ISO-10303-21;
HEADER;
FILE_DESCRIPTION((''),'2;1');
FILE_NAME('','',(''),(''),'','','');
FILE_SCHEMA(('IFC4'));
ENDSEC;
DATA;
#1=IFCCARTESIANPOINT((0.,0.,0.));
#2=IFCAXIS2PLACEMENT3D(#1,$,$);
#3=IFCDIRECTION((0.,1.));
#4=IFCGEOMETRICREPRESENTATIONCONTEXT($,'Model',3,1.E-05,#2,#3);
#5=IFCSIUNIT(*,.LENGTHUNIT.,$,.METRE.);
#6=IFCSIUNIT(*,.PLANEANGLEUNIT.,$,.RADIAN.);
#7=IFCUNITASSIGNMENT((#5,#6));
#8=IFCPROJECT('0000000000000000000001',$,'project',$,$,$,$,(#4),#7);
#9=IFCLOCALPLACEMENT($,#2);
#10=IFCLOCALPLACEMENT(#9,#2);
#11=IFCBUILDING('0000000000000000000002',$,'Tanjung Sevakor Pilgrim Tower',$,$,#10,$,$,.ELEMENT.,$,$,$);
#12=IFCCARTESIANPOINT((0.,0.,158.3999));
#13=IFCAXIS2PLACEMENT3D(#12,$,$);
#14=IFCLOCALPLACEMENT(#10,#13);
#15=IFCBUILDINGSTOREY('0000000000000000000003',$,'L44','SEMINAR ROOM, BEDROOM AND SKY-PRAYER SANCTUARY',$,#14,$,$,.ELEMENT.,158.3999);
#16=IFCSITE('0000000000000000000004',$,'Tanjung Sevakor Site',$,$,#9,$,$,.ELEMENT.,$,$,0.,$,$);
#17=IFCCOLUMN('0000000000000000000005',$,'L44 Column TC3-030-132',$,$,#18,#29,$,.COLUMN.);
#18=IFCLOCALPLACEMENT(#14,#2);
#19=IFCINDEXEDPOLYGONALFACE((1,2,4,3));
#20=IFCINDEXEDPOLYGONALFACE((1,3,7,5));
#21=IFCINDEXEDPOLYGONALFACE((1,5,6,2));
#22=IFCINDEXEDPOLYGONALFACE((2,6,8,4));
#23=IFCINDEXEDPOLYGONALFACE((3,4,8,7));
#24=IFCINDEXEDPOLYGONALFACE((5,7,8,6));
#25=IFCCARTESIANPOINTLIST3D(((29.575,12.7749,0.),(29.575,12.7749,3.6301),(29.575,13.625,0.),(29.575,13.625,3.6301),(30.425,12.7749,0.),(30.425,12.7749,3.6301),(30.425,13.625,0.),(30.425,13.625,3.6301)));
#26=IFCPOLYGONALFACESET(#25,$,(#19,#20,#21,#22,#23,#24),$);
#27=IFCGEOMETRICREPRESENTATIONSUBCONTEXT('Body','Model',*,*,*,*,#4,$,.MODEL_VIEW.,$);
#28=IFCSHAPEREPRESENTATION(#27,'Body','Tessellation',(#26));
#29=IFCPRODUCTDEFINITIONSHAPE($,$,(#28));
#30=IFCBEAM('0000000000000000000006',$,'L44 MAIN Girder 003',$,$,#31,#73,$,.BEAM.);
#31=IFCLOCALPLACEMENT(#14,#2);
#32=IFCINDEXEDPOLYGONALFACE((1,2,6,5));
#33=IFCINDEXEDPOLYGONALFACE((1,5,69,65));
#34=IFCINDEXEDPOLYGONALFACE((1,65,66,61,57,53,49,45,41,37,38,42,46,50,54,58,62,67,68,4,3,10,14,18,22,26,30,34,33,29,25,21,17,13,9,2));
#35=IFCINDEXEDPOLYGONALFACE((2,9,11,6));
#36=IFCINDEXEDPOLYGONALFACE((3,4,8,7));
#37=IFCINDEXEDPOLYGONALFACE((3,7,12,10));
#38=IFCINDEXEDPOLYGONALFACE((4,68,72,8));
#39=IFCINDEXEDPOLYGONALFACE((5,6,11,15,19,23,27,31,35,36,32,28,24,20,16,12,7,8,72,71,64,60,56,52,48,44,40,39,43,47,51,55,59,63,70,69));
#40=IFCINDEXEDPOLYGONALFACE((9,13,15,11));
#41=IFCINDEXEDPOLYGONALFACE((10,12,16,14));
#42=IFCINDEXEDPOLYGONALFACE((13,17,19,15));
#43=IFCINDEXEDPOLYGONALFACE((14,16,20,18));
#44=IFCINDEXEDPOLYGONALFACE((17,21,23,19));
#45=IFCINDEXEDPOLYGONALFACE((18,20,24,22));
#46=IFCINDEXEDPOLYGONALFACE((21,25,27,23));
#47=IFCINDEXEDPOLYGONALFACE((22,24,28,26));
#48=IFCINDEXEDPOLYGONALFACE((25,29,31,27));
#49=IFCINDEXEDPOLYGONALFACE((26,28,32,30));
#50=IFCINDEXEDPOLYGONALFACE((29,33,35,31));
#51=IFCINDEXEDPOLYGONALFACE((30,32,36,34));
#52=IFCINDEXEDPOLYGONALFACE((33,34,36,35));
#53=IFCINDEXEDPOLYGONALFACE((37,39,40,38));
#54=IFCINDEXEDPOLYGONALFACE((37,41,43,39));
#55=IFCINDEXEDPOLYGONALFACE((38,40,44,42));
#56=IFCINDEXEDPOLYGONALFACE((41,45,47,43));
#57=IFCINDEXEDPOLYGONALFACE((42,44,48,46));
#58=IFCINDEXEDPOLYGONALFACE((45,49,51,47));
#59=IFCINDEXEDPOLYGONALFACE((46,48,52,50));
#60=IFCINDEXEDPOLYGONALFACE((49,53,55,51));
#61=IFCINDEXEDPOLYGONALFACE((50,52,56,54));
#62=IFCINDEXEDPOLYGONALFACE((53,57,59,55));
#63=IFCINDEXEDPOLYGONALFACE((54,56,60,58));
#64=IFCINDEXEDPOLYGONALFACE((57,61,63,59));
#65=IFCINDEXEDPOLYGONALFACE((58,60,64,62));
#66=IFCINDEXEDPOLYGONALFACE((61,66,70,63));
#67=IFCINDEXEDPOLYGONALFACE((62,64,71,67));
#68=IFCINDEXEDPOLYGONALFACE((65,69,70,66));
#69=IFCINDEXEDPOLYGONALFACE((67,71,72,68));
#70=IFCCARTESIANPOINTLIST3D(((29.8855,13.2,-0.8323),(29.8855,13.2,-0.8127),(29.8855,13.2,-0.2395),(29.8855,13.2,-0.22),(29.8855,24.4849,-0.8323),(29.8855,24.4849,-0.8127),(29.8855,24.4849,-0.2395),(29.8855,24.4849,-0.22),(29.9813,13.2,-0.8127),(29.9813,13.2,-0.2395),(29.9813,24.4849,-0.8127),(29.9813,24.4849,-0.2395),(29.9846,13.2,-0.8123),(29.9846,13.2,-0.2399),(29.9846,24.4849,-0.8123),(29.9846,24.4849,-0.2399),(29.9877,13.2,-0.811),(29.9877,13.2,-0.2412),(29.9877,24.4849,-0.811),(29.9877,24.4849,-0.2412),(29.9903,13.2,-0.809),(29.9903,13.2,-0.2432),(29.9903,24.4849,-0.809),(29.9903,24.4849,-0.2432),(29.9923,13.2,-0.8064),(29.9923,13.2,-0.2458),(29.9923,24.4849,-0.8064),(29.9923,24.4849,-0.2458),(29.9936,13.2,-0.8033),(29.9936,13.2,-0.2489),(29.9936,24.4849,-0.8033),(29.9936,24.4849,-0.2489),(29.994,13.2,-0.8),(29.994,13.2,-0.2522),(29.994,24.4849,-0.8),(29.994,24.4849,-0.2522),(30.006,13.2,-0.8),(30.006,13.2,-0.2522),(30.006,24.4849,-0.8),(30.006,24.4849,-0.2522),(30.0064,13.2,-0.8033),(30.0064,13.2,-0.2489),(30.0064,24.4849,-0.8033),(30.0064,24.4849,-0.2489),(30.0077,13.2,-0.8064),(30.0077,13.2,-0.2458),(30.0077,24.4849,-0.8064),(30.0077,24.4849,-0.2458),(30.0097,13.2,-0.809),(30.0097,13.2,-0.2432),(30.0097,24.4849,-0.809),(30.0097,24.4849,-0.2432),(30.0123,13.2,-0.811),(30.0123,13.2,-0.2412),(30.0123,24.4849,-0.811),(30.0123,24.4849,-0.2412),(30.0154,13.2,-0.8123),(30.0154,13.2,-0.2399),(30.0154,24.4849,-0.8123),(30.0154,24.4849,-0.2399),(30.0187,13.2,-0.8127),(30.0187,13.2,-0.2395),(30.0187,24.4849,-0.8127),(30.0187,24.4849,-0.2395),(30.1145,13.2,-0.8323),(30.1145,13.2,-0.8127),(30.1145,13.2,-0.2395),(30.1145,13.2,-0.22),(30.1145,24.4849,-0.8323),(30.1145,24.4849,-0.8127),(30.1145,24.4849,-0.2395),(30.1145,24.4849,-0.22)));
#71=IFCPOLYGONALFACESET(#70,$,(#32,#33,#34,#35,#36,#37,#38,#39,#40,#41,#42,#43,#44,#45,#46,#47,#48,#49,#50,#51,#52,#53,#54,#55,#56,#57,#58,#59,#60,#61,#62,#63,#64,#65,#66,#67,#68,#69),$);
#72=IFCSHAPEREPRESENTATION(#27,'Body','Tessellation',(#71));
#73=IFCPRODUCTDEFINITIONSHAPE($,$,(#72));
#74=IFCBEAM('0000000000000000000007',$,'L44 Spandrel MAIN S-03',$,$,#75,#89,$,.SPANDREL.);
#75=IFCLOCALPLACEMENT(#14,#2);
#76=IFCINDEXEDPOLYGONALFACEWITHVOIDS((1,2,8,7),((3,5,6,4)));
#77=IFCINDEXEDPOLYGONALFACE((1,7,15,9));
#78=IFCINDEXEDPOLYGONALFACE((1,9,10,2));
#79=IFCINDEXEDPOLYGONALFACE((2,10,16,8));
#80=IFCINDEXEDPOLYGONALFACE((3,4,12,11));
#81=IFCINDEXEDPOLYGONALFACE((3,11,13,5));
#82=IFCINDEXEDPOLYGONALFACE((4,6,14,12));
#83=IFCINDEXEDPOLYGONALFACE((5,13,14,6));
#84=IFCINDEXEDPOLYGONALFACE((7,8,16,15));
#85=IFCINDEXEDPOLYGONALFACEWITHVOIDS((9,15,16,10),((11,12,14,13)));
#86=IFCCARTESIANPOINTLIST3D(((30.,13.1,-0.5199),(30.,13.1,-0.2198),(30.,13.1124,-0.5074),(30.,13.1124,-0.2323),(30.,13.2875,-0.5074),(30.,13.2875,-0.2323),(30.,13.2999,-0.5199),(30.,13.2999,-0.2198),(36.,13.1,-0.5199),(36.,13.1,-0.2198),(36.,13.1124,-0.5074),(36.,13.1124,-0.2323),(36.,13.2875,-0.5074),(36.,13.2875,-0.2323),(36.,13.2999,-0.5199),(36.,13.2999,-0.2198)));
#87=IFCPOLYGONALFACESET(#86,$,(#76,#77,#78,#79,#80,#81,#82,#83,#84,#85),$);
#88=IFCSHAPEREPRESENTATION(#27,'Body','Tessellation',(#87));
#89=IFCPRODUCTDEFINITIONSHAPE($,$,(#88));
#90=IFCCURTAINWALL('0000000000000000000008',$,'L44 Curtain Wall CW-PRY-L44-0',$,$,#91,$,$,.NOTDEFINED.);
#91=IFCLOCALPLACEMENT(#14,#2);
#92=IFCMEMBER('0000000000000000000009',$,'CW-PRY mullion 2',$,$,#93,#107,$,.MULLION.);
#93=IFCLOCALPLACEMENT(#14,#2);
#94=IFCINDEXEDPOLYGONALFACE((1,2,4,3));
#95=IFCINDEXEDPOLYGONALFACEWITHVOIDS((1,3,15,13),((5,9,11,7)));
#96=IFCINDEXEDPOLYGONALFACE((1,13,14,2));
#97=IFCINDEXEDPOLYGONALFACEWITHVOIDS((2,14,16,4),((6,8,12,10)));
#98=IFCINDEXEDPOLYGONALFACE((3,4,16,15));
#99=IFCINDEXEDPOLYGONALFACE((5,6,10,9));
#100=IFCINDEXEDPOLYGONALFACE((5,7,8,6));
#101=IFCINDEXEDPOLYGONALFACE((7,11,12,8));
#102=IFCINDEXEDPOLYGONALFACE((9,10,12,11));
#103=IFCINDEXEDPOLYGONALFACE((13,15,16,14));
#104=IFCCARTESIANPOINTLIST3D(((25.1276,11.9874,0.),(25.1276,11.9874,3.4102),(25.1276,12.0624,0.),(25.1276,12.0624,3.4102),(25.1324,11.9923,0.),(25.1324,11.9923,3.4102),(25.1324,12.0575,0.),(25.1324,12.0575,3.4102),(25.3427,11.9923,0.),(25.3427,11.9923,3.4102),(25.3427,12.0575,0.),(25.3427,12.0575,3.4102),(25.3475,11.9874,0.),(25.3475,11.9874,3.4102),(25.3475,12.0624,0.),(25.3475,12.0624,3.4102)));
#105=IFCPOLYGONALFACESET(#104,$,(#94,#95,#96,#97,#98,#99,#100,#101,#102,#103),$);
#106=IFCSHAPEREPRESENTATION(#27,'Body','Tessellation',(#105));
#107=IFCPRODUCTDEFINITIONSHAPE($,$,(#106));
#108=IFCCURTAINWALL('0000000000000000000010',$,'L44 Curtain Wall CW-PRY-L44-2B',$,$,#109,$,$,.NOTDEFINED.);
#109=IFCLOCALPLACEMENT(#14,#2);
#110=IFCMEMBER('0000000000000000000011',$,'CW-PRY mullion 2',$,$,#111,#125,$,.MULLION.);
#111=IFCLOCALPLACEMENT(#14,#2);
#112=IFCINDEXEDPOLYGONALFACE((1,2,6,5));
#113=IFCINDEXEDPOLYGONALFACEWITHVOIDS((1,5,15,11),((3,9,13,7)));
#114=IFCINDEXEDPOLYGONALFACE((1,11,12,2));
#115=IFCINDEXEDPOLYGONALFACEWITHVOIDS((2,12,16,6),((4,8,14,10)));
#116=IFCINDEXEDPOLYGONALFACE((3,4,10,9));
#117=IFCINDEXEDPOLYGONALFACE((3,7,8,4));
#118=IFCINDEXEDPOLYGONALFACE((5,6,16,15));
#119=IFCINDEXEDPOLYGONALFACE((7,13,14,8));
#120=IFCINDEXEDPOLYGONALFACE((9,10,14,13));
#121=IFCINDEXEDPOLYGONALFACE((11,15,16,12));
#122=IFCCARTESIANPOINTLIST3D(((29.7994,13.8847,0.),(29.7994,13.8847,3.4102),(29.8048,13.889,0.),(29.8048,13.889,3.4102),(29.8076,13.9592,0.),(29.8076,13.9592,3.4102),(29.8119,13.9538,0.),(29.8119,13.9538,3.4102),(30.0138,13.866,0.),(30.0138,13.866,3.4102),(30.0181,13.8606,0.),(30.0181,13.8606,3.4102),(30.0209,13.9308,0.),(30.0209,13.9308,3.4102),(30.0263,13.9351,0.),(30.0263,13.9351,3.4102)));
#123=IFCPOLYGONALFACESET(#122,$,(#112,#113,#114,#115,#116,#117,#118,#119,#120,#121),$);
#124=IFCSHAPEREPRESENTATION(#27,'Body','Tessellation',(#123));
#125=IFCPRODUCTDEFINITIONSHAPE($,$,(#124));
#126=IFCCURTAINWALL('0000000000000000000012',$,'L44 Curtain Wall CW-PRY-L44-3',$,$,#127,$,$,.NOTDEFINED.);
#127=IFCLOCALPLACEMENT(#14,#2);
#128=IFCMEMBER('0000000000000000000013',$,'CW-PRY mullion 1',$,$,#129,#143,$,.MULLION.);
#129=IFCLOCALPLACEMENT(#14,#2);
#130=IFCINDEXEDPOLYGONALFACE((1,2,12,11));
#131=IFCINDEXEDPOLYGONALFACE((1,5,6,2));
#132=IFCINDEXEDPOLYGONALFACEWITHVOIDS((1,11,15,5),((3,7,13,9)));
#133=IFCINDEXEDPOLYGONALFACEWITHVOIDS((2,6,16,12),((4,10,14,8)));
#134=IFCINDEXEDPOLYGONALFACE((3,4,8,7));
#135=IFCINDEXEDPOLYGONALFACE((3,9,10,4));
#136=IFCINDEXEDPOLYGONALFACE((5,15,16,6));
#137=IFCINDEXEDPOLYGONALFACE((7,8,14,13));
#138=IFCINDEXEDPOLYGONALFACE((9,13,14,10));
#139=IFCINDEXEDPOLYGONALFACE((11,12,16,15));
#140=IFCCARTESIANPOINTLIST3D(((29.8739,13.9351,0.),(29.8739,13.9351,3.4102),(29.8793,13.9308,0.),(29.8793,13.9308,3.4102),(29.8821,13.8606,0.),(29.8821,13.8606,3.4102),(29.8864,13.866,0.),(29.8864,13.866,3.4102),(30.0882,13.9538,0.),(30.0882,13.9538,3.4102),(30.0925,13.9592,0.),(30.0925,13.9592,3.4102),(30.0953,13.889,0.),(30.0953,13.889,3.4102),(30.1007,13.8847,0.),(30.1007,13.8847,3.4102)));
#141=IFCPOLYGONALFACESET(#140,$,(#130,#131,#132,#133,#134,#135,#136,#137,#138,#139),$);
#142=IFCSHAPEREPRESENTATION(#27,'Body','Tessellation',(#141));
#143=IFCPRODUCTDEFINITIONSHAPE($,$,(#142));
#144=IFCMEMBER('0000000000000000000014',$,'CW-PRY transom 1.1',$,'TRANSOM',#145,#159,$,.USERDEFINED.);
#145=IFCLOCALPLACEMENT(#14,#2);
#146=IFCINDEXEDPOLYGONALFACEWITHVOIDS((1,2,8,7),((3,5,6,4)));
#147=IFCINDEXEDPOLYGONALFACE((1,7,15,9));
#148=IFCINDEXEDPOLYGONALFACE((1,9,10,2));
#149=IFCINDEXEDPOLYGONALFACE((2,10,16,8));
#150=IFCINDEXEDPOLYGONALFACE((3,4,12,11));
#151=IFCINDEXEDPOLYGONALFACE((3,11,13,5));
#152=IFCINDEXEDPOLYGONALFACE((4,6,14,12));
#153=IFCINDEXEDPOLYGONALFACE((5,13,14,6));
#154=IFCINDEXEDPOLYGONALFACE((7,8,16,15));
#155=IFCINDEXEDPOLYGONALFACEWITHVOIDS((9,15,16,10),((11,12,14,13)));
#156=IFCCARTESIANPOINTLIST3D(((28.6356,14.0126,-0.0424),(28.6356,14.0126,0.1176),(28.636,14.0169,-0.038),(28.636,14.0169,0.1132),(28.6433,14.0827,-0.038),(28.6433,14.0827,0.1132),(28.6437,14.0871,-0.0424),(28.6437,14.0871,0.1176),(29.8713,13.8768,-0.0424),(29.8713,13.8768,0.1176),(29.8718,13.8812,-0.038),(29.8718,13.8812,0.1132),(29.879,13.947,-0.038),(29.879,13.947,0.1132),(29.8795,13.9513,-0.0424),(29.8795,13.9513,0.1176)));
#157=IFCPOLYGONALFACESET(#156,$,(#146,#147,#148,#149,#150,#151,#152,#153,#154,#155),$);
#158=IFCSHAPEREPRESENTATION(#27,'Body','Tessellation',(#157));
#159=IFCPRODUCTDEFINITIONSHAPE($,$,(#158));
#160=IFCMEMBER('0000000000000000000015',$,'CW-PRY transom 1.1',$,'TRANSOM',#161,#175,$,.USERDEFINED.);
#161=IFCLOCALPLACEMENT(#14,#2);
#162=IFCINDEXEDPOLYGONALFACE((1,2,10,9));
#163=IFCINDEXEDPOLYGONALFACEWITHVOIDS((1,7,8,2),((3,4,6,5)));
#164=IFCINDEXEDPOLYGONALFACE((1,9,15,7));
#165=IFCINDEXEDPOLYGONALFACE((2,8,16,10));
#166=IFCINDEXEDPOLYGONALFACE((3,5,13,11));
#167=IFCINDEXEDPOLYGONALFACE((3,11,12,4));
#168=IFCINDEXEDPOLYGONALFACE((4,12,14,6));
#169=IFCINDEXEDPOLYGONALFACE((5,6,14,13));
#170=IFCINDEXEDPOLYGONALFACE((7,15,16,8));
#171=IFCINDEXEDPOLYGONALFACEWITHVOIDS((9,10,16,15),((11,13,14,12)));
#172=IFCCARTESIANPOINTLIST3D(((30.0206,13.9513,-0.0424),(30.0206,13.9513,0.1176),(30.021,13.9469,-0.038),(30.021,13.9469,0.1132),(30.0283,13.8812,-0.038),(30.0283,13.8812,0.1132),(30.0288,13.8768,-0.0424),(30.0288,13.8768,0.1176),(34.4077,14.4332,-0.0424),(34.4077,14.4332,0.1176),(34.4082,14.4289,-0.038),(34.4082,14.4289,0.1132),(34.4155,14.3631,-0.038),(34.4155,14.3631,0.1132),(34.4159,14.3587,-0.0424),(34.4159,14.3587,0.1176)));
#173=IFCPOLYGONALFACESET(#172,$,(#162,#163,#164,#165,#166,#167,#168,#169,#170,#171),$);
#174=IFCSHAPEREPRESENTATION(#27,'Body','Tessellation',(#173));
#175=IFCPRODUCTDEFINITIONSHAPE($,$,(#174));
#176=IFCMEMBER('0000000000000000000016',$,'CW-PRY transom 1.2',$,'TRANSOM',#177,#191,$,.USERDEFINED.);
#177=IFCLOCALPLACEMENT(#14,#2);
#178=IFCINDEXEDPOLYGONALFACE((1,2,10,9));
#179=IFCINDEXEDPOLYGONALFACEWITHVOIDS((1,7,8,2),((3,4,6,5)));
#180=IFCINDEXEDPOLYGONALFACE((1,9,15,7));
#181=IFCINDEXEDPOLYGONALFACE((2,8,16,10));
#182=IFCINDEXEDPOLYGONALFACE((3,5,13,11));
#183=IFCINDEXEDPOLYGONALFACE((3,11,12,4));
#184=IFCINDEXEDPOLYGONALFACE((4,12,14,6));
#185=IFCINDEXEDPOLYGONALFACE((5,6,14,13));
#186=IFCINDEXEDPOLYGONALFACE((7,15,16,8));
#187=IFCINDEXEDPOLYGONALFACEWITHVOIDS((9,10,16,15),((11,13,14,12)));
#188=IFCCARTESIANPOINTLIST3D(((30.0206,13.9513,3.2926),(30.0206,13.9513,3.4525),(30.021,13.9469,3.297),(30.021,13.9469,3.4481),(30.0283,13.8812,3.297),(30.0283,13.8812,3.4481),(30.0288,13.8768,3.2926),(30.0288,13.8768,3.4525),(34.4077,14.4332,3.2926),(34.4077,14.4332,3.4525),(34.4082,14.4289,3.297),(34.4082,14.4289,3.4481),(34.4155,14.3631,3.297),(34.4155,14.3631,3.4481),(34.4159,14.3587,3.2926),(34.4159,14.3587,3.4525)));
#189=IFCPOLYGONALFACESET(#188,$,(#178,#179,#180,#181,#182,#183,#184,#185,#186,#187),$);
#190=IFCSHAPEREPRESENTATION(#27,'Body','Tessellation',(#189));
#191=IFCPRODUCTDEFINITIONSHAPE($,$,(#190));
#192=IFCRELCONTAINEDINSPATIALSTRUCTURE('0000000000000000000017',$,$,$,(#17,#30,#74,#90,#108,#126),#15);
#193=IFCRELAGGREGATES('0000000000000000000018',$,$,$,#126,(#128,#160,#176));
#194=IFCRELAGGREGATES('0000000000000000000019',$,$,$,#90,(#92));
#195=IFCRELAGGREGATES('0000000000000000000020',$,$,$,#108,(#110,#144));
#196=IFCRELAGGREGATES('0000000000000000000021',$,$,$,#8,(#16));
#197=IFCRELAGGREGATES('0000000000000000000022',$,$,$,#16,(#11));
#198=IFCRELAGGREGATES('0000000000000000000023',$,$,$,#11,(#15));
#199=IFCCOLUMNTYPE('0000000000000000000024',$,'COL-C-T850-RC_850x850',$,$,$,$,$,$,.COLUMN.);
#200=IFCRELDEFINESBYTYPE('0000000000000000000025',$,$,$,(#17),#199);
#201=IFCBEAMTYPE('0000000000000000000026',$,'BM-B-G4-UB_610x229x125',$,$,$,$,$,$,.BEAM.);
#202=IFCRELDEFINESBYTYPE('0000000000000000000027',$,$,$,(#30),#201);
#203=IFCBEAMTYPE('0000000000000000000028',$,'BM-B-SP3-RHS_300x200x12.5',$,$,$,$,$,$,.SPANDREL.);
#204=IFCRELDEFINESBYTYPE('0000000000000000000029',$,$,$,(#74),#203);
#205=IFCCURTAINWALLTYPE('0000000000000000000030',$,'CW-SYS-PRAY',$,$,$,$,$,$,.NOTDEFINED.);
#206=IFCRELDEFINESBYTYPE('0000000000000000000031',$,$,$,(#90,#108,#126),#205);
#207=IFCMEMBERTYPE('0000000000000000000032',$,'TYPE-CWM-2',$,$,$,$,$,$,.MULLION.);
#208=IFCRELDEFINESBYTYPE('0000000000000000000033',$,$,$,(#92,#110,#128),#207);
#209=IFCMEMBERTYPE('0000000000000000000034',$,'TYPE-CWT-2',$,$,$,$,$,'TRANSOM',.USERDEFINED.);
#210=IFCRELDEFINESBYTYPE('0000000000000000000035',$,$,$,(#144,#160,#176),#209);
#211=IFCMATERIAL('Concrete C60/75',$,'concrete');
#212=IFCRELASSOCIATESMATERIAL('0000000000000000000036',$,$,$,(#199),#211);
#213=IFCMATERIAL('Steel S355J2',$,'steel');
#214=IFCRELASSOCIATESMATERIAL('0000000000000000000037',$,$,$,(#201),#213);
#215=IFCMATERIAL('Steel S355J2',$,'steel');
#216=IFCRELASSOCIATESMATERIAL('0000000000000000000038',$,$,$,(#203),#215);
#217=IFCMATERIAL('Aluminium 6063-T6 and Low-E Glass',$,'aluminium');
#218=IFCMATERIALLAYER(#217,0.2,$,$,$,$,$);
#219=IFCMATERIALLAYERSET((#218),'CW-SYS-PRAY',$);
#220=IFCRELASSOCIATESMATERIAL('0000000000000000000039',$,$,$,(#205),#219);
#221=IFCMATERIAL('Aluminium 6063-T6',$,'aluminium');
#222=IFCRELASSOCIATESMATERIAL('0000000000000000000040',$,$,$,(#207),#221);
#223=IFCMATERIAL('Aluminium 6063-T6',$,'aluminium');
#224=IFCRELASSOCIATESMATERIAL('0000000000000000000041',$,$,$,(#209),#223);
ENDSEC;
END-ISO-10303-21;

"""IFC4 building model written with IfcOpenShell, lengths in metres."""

from ifc_helpers import new_model, si_unit, direction, frame, origin, origin_2d, place, context, subcontext, project, spatial, rectangle, hollow_rectangle, i_section, extrude, material, layer, layer_set, material_profile, profile_set, type_object, element, aggregate, save


model = new_model("IFC4")

# Units and contexts
model_context = context("Model", 3, precision=1e-05, world=origin(), true_north=direction((0.0, 1.0)))
body_context = subcontext(model_context, "Body", "Model", "MODEL_VIEW")
ifc_project = project(units=[si_unit("LENGTHUNIT", "METRE"), si_unit("PLANEANGLEUNIT", "RADIAN")], contexts=[model_context])

# Site, building, storey
site_placement = place(None, origin())
site = spatial("IfcSite", under=ifc_project, at=site_placement, Name="Tanjung Sevakor Site", CompositionType="ELEMENT", RefElevation=0.0)
building_placement = place(site_placement, origin())
building = spatial("IfcBuilding", under=site, at=building_placement, Name="Tanjung Sevakor Pilgrim Tower", CompositionType="ELEMENT")
storey_placement = place(building_placement, frame((0.0, 0.0, 158.3999)))
storey = spatial("IfcBuildingStorey", under=building, at=storey_placement, Name="L44", Description="SEMINAR ROOM, BEDROOM AND SKY-PRAYER SANCTUARY", CompositionType="ELEMENT", Elevation=158.3999)

# Column
ifc_material_1 = material(Name="Concrete C60/75", Category="concrete")
ifc_material_profile_1 = material_profile(ifc_material_1, rectangle(XDim=0.8501, YDim=0.8501, at=origin_2d()))
ifc_profile_set_1 = profile_set([ifc_material_profile_1], Name="Concrete C60/75")
column_type = type_object("IfcColumnType", Name="COL-C-T850-RC_850x850", PredefinedType="COLUMN", material=ifc_profile_set_1)
column_placement = place(storey_placement, frame((30.0, 13.2, 0.0), z_axis=(0.0, 0.0, 1.0), x_axis=(1.0, 0.0, 0.0)))
element("IfcColumn", 1, at=column_placement, inside=storey, type_object=column_type, Name="L44 Column TC3-030-132", PredefinedType="COLUMN", context=body_context, shape_type="SweptSolid", body=[
    extrude(rectangle(XDim=0.8501, YDim=0.8501, at=origin_2d()), origin(), (0.0, 0.0, 1.0), 3.6301),
])

# Beams
ifc_material_2 = material(Name="Steel S355J2", Category="steel")
ifc_material_profile_2 = material_profile(ifc_material_2, i_section(OverallWidth=0.229, OverallDepth=0.6123, WebThickness=0.012, FlangeThickness=0.0195, FilletRadius=0.0127, at=origin_2d()))
ifc_profile_set_2 = profile_set([ifc_material_profile_2], Name="Steel S355J2")
beam_type_1 = type_object("IfcBeamType", Name="BM-B-G4-UB_610x229x125", PredefinedType="BEAM", material=ifc_profile_set_2)
beam_1_placement = place(storey_placement, frame((30.0, 13.2, -0.5261), z_axis=(0.0, 1.0, 0.0), x_axis=(-1.0, 0.0, 0.0)))
element("IfcBeam", 2, at=beam_1_placement, inside=storey, type_object=beam_type_1, Name="L44 MAIN Girder 003", PredefinedType="BEAM", context=body_context, shape_type="SweptSolid", body=[
    extrude(i_section(OverallWidth=0.229, OverallDepth=0.6123, WebThickness=0.012, FlangeThickness=0.0195, FilletRadius=0.0127, at=origin_2d()), origin(), (0.0, 0.0, 1.0), 11.2849),
])
ifc_material_3 = material(Name="Steel S355J2", Category="steel")
ifc_material_profile_3 = material_profile(ifc_material_3, hollow_rectangle(XDim=0.2, YDim=0.3, WallThickness=0.0125, at=origin_2d()))
ifc_profile_set_3 = profile_set([ifc_material_profile_3], Name="Steel S355J2")
beam_type_2 = type_object("IfcBeamType", Name="BM-B-SP3-RHS_300x200x12.5", PredefinedType="SPANDREL", material=ifc_profile_set_3)
beam_2_placement = place(storey_placement, frame((30.0, 13.2, -0.3699), z_axis=(1.0, 0.0, 0.0), x_axis=(0.0, 1.0, 0.0)))
element("IfcBeam", 3, at=beam_2_placement, inside=storey, type_object=beam_type_2, Name="L44 Spandrel MAIN S-03", PredefinedType="SPANDREL", context=body_context, shape_type="SweptSolid", body=[
    extrude(hollow_rectangle(XDim=0.2, YDim=0.3, WallThickness=0.0125, at=origin_2d()), origin(), (0.0, 0.0, 1.0), 6.0),
])

# Curtain walls, members
ifc_material_4 = material(Name="Aluminium 6063-T6 and Low-E Glass", Category="aluminium")
ifc_layer_1 = layer(ifc_material_4, 0.2)
ifc_layer_set_1 = layer_set([ifc_layer_1], Name="CW-SYS-PRAY")
curtain_wall_type = type_object("IfcCurtainWallType", Name="CW-SYS-PRAY", PredefinedType="NOTDEFINED", material=ifc_layer_set_1)
curtain_wall_1_placement = place(storey_placement, origin())
curtain_wall_1 = element("IfcCurtainWall", 4, at=curtain_wall_1_placement, inside=storey, type_object=curtain_wall_type, Name="L44 Curtain Wall CW-PRY-L44-0", PredefinedType="NOTDEFINED")
ifc_material_5 = material(Name="Aluminium 6063-T6", Category="aluminium")
ifc_material_profile_4 = material_profile(ifc_material_5, hollow_rectangle(XDim=0.075, YDim=0.22, WallThickness=0.0049, at=origin_2d()))
ifc_profile_set_4 = profile_set([ifc_material_profile_4], Name="Aluminium 6063-T6")
member_type_1 = type_object("IfcMemberType", Name="TYPE-CWM-2", PredefinedType="MULLION", material=ifc_profile_set_4)
member_1_placement = place(storey_placement, frame((25.2375, 12.0249, 0.0), z_axis=(0.0, 0.0, 1.0), x_axis=(0.0, 1.0, 0.0)))
member_1 = element("IfcMember", 5, at=member_1_placement, type_object=member_type_1, Name="CW-PRY mullion 2", PredefinedType="MULLION", context=body_context, shape_type="SweptSolid", body=[
    extrude(hollow_rectangle(XDim=0.075, YDim=0.22, WallThickness=0.0049, at=origin_2d()), origin(), (0.0, 0.0, 1.0), 3.4102),
])
curtain_wall_2_placement = place(storey_placement, origin())
curtain_wall_2 = element("IfcCurtainWall", 6, at=curtain_wall_2_placement, inside=storey, type_object=curtain_wall_type, Name="L44 Curtain Wall CW-PRY-L44-2B", PredefinedType="NOTDEFINED")
member_2_placement = place(storey_placement, frame((29.9128, 13.9099, 0.0), z_axis=(0.0, 0.0, 1.0), x_axis=(0.10925, 0.994014, 0.0)))
member_2 = element("IfcMember", 7, at=member_2_placement, type_object=member_type_1, Name="CW-PRY mullion 2", PredefinedType="MULLION", context=body_context, shape_type="SweptSolid", body=[
    extrude(hollow_rectangle(XDim=0.075, YDim=0.22, WallThickness=0.0049, at=origin_2d()), origin(), (0.0, 0.0, 1.0), 3.4102),
])
curtain_wall_3_placement = place(storey_placement, origin())
curtain_wall_3 = element("IfcCurtainWall", 8, at=curtain_wall_3_placement, inside=storey, type_object=curtain_wall_type, Name="L44 Curtain Wall CW-PRY-L44-3", PredefinedType="NOTDEFINED")
member_3_placement = place(storey_placement, frame((29.9873, 13.9099, 0.0), z_axis=(0.0, 0.0, 1.0), x_axis=(-0.109234, 0.994016, 0.0)))
member_3 = element("IfcMember", 9, at=member_3_placement, type_object=member_type_1, Name="CW-PRY mullion 1", PredefinedType="MULLION", context=body_context, shape_type="SweptSolid", body=[
    extrude(hollow_rectangle(XDim=0.075, YDim=0.22, WallThickness=0.0049, at=origin_2d()), origin(), (0.0, 0.0, 1.0), 3.4102),
])

# Members
ifc_material_6 = material(Name="Aluminium 6063-T6", Category="aluminium")
ifc_material_profile_5 = material_profile(ifc_material_6, hollow_rectangle(XDim=0.075, YDim=0.1599, WallThickness=0.0044, at=origin_2d()))
ifc_profile_set_5 = profile_set([ifc_material_profile_5], Name="Aluminium 6063-T6")
member_type_2 = type_object("IfcMemberType", Name="TYPE-CWT-2", ElementType="TRANSOM", PredefinedType="USERDEFINED", material=ifc_profile_set_5)
member_4_placement = place(storey_placement, frame((28.6396, 14.0498, 0.0376), z_axis=(0.994022, -0.109181, 0.0), x_axis=(0.109181, 0.994022, 0.0)))
member_4 = element("IfcMember", 10, at=member_4_placement, type_object=member_type_2, Name="CW-PRY transom 1.1", ObjectType="TRANSOM", PredefinedType="USERDEFINED", context=body_context, shape_type="SweptSolid", body=[
    extrude(hollow_rectangle(XDim=0.075, YDim=0.1599, WallThickness=0.0044, at=origin_2d()), origin(), (0.0, 0.0, 1.0), 1.2432),
])
member_5_placement = place(storey_placement, frame((30.0247, 13.9141, 0.0376), z_axis=(0.994021, 0.109193, 0.0), x_axis=(-0.109193, 0.994021, 0.0)))
member_5 = element("IfcMember", 11, at=member_5_placement, type_object=member_type_2, Name="CW-PRY transom 1.1", ObjectType="TRANSOM", PredefinedType="USERDEFINED", context=body_context, shape_type="SweptSolid", body=[
    extrude(hollow_rectangle(XDim=0.075, YDim=0.1599, WallThickness=0.0044, at=origin_2d()), origin(), (0.0, 0.0, 1.0), 4.4136),
])
member_6_placement = place(storey_placement, frame((30.0247, 13.9141, 3.3726), z_axis=(0.994021, 0.109193, 0.0), x_axis=(-0.109193, 0.994021, 0.0)))
member_6 = element("IfcMember", 12, at=member_6_placement, type_object=member_type_2, Name="CW-PRY transom 1.2", ObjectType="TRANSOM", PredefinedType="USERDEFINED", context=body_context, shape_type="SweptSolid", body=[
    extrude(hollow_rectangle(XDim=0.075, YDim=0.1599, WallThickness=0.0044, at=origin_2d()), origin(), (0.0, 0.0, 1.0), 4.4136),
])
aggregate(curtain_wall_3, [member_3, member_5, member_6])

aggregate(curtain_wall_1, [member_1])
aggregate(curtain_wall_2, [member_2, member_4])

save(model, "model.ifc")
